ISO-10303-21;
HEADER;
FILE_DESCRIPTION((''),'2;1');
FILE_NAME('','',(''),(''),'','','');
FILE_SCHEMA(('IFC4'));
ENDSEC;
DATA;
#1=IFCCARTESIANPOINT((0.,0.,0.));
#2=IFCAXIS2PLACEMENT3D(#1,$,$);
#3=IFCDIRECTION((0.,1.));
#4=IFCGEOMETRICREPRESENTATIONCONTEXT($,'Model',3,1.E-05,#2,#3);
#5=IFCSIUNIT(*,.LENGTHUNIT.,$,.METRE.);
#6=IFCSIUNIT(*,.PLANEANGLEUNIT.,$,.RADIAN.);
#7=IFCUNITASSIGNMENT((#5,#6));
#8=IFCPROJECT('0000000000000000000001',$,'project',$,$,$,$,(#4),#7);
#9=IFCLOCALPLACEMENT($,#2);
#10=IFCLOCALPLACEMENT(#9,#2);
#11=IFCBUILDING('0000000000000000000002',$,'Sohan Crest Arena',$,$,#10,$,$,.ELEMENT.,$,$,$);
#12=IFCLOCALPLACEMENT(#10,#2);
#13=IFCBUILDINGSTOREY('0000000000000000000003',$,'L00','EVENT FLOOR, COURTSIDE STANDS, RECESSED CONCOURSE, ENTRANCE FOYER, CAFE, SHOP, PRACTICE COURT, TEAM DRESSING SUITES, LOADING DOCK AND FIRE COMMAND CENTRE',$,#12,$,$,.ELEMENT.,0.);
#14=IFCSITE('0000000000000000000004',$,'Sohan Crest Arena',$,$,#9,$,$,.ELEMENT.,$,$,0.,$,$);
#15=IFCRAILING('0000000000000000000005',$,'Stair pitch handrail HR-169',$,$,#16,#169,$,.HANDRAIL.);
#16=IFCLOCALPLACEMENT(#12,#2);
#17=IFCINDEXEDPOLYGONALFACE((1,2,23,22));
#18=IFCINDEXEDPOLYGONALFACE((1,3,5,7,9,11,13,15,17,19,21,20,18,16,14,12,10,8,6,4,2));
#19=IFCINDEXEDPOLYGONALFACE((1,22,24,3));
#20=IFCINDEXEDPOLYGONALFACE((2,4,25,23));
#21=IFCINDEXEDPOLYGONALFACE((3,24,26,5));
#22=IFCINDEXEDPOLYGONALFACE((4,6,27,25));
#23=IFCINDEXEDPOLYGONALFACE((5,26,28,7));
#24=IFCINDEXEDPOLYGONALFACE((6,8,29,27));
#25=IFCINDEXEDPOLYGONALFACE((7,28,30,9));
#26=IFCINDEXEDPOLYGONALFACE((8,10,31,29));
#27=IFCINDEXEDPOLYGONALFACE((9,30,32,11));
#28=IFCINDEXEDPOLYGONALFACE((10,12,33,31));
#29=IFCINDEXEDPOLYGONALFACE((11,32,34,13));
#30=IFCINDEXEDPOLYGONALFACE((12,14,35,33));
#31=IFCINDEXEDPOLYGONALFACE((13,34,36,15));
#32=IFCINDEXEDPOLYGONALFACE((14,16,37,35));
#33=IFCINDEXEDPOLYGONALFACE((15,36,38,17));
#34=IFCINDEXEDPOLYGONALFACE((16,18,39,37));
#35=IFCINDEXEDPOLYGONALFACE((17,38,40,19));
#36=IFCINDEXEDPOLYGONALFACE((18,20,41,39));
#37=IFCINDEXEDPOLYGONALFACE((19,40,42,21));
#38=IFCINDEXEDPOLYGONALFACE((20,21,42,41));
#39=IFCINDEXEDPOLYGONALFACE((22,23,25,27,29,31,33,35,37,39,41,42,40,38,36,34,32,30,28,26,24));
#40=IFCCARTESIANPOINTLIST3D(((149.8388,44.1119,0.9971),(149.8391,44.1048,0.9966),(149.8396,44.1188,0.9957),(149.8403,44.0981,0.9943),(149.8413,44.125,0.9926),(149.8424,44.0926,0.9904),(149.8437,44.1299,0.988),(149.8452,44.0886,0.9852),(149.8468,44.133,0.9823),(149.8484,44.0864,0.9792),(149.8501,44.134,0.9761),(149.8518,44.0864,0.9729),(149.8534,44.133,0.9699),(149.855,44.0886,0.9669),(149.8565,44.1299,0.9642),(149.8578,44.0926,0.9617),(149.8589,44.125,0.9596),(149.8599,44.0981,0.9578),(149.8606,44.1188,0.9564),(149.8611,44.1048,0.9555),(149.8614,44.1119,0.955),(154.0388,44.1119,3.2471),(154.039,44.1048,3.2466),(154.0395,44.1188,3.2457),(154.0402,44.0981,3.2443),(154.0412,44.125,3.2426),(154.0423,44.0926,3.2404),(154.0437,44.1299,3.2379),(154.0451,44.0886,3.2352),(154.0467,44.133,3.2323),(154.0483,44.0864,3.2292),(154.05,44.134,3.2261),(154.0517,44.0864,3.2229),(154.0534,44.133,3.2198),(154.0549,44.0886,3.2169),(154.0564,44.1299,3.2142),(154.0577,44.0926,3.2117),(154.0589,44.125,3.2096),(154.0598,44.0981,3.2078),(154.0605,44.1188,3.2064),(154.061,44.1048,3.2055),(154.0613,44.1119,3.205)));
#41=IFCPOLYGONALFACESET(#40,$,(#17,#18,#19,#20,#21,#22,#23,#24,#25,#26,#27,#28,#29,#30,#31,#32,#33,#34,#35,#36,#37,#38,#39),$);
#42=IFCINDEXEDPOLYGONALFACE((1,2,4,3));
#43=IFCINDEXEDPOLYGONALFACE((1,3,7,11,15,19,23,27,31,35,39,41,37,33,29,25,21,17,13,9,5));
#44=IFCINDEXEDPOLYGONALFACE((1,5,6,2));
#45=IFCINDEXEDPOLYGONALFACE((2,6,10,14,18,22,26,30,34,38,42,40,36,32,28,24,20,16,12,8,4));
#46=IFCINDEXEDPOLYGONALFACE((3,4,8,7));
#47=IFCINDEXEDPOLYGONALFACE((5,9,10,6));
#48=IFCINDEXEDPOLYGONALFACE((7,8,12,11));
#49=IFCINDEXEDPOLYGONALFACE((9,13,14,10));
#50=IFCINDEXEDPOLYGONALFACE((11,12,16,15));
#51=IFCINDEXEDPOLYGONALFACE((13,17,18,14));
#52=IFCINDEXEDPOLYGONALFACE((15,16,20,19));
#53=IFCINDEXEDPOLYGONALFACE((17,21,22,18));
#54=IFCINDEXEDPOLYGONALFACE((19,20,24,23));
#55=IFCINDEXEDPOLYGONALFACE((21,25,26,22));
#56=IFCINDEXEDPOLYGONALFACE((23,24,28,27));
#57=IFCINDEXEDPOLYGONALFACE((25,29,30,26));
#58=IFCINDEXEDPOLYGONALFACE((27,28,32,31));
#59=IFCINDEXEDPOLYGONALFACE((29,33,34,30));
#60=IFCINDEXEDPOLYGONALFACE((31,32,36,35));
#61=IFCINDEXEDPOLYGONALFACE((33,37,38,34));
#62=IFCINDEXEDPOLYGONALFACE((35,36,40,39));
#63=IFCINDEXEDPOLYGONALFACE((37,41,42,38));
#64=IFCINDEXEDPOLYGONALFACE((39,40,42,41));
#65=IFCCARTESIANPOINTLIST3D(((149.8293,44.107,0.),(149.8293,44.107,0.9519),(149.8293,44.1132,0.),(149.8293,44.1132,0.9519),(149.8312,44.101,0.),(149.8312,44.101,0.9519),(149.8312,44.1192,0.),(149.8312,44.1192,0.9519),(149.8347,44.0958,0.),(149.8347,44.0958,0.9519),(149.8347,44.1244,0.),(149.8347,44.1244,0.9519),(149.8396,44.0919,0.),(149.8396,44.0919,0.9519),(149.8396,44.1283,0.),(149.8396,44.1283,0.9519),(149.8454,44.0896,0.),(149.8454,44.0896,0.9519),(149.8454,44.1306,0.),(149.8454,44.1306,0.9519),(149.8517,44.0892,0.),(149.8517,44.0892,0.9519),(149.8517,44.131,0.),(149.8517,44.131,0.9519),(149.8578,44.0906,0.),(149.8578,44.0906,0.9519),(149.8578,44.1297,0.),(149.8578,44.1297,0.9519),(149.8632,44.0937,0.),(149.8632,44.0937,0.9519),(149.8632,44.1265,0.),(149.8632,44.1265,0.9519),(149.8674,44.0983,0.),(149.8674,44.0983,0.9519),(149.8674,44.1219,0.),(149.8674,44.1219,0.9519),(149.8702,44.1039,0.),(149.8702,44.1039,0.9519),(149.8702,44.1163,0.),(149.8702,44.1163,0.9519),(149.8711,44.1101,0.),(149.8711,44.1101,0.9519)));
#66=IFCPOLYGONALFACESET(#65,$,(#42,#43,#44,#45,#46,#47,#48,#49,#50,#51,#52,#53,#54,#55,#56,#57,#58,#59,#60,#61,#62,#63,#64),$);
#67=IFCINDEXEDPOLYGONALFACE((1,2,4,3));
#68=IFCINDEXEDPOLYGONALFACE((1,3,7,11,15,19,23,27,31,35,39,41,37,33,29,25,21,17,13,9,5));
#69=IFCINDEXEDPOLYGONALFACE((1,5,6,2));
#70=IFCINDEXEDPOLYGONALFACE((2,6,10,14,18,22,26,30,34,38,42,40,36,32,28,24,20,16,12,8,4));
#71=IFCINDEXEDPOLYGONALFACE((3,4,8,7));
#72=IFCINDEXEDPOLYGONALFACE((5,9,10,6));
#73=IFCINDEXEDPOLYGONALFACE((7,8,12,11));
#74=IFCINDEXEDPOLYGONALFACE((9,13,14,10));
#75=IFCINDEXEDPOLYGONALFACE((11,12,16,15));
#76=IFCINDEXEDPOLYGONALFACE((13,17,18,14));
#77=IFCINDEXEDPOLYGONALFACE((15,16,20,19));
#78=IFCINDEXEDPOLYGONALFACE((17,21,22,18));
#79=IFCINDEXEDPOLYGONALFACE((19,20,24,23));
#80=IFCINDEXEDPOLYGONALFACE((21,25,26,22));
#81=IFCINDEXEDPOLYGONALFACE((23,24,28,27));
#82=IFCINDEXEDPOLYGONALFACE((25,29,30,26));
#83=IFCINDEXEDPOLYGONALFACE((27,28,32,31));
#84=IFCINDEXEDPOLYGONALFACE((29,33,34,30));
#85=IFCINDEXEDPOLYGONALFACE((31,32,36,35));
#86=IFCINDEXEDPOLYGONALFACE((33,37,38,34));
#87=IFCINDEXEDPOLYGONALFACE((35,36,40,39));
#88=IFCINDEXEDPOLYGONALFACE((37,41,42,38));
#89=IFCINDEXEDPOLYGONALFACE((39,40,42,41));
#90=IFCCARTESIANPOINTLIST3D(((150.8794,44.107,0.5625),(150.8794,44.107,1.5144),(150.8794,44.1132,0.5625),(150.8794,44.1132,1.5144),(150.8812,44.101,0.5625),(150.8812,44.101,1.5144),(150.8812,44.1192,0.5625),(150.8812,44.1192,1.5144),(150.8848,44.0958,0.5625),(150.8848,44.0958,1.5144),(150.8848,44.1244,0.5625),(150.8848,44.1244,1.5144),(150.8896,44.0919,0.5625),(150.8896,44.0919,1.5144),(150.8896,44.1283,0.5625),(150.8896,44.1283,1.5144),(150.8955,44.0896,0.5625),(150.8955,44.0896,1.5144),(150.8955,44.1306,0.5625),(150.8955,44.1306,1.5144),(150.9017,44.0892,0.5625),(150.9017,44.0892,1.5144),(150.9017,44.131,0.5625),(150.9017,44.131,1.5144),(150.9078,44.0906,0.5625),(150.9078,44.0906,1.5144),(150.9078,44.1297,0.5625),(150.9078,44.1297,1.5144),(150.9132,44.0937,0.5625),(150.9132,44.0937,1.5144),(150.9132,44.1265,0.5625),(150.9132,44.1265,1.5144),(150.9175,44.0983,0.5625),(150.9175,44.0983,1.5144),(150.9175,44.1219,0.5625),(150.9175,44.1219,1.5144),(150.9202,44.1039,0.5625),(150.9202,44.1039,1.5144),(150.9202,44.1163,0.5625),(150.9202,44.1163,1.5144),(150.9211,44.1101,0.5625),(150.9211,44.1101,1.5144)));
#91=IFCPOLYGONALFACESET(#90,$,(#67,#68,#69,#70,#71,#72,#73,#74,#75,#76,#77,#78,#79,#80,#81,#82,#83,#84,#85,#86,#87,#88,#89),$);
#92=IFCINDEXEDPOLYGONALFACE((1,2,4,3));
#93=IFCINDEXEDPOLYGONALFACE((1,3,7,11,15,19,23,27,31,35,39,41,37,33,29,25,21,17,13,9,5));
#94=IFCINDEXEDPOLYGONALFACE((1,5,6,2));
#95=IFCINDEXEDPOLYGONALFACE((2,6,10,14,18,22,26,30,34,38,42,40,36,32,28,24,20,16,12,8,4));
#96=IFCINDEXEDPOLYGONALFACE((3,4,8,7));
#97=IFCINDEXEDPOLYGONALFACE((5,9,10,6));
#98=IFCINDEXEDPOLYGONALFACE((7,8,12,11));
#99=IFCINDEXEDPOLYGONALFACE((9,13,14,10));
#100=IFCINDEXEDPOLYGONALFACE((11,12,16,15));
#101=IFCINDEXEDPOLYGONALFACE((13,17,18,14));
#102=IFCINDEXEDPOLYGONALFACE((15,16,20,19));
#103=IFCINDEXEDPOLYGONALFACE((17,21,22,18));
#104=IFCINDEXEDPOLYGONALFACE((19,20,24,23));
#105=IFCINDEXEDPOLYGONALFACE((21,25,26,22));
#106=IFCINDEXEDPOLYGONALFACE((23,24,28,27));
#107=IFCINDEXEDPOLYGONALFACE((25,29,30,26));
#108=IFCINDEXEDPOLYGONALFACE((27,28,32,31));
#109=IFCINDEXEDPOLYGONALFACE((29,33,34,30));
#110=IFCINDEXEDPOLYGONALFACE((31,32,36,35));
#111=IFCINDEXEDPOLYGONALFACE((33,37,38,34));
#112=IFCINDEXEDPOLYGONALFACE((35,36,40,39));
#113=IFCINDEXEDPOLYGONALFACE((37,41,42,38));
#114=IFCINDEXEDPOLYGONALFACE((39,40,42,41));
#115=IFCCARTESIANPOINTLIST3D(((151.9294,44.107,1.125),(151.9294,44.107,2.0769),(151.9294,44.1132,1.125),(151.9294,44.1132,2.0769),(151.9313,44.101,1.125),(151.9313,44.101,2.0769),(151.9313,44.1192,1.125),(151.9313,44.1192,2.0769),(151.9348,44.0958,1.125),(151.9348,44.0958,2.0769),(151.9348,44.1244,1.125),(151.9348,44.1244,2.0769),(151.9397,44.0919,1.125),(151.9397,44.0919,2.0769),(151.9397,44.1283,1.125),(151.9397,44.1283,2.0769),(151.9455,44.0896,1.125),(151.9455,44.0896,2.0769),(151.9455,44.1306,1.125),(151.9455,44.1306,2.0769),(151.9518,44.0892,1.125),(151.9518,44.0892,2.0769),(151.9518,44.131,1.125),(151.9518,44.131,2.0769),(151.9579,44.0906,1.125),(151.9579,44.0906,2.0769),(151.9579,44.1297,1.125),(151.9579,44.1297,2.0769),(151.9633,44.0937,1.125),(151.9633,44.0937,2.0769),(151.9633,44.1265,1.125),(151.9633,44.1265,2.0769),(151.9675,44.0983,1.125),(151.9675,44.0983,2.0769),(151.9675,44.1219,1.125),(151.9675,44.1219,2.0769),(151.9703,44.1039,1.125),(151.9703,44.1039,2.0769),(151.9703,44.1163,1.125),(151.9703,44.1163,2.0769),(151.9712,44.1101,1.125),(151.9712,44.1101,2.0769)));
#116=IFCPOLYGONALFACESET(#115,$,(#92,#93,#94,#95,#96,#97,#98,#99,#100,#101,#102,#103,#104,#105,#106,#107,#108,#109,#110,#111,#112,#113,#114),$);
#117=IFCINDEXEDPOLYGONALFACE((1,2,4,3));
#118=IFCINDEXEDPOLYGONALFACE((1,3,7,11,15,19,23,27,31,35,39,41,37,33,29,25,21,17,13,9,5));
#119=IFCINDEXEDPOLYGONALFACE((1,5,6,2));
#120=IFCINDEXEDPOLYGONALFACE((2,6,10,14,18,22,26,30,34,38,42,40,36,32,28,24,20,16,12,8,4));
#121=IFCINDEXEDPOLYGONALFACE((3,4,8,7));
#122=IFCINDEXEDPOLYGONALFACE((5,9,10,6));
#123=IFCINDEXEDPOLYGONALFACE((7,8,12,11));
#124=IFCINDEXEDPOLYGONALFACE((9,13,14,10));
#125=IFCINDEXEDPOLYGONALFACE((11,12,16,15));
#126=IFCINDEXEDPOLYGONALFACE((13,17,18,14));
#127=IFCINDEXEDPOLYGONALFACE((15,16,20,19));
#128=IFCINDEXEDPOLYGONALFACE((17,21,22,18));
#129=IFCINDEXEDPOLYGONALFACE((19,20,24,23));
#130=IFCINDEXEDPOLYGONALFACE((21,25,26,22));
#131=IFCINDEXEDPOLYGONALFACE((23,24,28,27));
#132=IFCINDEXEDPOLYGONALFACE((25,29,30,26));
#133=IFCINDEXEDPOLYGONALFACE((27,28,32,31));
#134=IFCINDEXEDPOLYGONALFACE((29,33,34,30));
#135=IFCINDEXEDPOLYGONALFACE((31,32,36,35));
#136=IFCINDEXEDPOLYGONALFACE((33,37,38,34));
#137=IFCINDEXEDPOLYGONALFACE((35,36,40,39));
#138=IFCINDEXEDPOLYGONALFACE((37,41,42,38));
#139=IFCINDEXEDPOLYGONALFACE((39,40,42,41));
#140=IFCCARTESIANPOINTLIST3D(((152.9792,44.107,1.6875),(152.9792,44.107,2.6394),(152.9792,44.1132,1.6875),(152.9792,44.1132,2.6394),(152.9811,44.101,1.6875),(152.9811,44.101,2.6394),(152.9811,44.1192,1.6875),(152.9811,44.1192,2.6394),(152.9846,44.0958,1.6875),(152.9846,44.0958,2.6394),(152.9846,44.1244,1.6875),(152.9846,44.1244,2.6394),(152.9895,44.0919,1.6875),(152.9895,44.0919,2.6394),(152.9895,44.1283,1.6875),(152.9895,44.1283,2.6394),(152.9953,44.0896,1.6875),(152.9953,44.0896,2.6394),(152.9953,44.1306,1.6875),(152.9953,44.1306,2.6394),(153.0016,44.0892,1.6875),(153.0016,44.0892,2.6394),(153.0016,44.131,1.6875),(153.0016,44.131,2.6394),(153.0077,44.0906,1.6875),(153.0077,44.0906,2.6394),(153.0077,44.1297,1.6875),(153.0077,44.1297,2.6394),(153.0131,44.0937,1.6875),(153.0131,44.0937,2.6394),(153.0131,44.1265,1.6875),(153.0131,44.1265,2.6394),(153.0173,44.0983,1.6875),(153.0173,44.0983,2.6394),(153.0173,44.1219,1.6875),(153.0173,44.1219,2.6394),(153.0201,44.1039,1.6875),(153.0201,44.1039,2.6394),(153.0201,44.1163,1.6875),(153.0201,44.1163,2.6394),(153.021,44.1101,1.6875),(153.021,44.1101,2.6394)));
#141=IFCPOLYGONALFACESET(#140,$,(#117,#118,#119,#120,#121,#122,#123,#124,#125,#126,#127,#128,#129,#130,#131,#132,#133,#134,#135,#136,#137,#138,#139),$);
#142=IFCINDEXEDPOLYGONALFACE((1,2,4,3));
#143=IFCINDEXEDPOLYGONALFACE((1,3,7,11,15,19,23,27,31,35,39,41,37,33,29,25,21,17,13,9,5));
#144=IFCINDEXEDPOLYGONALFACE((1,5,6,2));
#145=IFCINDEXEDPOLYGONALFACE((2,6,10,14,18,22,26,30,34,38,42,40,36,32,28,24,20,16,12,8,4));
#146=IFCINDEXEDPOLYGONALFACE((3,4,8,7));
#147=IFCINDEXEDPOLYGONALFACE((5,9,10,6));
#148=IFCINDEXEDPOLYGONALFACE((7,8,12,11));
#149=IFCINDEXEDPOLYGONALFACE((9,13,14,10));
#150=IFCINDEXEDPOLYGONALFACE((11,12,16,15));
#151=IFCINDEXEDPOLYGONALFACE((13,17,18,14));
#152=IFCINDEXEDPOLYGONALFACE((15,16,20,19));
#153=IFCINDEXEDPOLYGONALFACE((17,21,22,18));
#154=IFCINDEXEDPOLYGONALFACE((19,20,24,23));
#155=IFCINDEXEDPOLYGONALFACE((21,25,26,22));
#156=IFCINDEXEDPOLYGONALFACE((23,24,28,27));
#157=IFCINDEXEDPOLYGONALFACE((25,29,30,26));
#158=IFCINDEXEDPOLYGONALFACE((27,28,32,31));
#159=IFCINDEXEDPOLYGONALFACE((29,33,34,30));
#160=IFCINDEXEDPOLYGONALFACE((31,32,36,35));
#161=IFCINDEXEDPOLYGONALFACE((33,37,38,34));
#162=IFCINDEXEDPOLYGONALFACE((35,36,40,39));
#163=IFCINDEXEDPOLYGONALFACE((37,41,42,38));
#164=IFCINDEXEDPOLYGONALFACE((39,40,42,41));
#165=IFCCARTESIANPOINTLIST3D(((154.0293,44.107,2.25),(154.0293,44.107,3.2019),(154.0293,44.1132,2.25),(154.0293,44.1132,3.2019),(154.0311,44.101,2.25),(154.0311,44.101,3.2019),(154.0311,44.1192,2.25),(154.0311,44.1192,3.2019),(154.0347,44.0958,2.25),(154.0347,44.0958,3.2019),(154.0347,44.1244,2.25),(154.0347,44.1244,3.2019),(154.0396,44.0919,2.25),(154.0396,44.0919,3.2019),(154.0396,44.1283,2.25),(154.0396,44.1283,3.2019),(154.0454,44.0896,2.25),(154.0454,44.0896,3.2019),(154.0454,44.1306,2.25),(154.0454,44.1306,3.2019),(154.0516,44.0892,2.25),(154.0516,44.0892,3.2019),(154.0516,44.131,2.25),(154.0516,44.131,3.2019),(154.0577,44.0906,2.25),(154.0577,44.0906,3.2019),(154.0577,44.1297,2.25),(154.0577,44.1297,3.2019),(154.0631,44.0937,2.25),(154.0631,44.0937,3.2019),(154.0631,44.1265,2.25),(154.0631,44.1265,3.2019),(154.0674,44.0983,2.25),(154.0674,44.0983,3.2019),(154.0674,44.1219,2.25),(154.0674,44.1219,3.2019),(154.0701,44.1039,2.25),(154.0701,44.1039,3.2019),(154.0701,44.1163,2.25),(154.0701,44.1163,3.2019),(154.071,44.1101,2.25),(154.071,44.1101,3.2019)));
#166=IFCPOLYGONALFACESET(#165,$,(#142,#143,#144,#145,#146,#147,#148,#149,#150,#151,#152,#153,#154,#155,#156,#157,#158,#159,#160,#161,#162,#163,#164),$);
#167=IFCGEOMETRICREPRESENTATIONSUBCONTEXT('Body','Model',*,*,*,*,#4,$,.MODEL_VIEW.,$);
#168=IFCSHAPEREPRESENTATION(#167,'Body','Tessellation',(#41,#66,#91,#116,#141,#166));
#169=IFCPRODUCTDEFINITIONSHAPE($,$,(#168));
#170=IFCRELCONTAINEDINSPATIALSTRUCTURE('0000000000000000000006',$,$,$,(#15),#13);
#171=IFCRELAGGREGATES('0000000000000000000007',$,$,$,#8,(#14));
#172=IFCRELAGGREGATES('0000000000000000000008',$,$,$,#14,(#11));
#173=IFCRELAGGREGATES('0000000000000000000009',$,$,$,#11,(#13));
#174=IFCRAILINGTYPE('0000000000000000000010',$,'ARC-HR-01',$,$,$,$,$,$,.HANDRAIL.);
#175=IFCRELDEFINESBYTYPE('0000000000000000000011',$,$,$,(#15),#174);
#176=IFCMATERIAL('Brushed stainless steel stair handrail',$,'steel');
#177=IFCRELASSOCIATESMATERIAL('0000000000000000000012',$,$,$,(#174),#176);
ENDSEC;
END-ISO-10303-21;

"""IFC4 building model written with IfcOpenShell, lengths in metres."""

from ifc_helpers import new_model, si_unit, direction, frame, origin, origin_2d, place, context, subcontext, project, spatial, circle, extrude, material, type_object, element, save


model = new_model("IFC4")

# Units and contexts
model_context = context("Model", 3, precision=1e-05, world=origin(), true_north=direction((0.0, 1.0)))
body_context = subcontext(model_context, "Body", "Model", "MODEL_VIEW")
ifc_project = project(units=[si_unit("LENGTHUNIT", "METRE"), si_unit("PLANEANGLEUNIT", "RADIAN")], contexts=[model_context])

# Site, building, storey
site_placement = place(None, origin())
site = spatial("IfcSite", under=ifc_project, at=site_placement, Name="Sohan Crest Arena", CompositionType="ELEMENT", RefElevation=0.0)
building_placement = place(site_placement, origin())
building = spatial("IfcBuilding", under=site, at=building_placement, Name="Sohan Crest Arena", CompositionType="ELEMENT")
storey_placement = place(building_placement, origin())
storey = spatial("IfcBuildingStorey", under=building, at=storey_placement, Name="L00", Description="EVENT FLOOR, COURTSIDE STANDS, RECESSED CONCOURSE, ENTRANCE FOYER, CAFE, SHOP, PRACTICE COURT, TEAM DRESSING SUITES, LOADING DOCK AND FIRE COMMAND CENTRE", CompositionType="ELEMENT", Elevation=0.0)

# Railing
ifc_material_1 = material(Name="Brushed stainless steel stair handrail", Category="steel")
railing_type_1 = type_object("IfcRailingType", Name="ARC-HR-01", PredefinedType="HANDRAIL", material=ifc_material_1)
for number, where, name in (
    (1, (149.8501, 44.1101, 0.0), "Stair pitch handrail HR-169"),
):
    element("IfcRailing", number, at=place(storey_placement, frame(where)), inside=storey, type_object=railing_type_1, Name=name, PredefinedType="HANDRAIL", context=body_context, shape_type="SweptSolid", body=[
        extrude(circle(Radius=0.0239, at=origin_2d()), frame((0.0, 0.0, 0.9761), z_axis=(0.881478, 0.0, 0.472226), x_axis=(0.0, 1.0, 0.0)), (0.0, 0.0, 1.0), 4.7646),
        extrude(circle(Radius=0.021, at=origin_2d()), origin(), (0.0, 0.0, 1.0), 0.9519),
        extrude(circle(Radius=0.021, at=origin_2d()), frame((1.05, 0.0, 0.5625)), (0.0, 0.0, 1.0), 0.9519),
        extrude(circle(Radius=0.021, at=origin_2d()), frame((2.1001, 0.0, 1.125)), (0.0, 0.0, 1.0), 0.9519),
        extrude(circle(Radius=0.021, at=origin_2d()), frame((3.1499, 0.0, 1.6875)), (0.0, 0.0, 1.0), 0.9519),
        extrude(circle(Radius=0.021, at=origin_2d()), frame((4.2, 0.0, 2.25)), (0.0, 0.0, 1.0), 0.9519),
    ])

save(model, "model.ifc")
